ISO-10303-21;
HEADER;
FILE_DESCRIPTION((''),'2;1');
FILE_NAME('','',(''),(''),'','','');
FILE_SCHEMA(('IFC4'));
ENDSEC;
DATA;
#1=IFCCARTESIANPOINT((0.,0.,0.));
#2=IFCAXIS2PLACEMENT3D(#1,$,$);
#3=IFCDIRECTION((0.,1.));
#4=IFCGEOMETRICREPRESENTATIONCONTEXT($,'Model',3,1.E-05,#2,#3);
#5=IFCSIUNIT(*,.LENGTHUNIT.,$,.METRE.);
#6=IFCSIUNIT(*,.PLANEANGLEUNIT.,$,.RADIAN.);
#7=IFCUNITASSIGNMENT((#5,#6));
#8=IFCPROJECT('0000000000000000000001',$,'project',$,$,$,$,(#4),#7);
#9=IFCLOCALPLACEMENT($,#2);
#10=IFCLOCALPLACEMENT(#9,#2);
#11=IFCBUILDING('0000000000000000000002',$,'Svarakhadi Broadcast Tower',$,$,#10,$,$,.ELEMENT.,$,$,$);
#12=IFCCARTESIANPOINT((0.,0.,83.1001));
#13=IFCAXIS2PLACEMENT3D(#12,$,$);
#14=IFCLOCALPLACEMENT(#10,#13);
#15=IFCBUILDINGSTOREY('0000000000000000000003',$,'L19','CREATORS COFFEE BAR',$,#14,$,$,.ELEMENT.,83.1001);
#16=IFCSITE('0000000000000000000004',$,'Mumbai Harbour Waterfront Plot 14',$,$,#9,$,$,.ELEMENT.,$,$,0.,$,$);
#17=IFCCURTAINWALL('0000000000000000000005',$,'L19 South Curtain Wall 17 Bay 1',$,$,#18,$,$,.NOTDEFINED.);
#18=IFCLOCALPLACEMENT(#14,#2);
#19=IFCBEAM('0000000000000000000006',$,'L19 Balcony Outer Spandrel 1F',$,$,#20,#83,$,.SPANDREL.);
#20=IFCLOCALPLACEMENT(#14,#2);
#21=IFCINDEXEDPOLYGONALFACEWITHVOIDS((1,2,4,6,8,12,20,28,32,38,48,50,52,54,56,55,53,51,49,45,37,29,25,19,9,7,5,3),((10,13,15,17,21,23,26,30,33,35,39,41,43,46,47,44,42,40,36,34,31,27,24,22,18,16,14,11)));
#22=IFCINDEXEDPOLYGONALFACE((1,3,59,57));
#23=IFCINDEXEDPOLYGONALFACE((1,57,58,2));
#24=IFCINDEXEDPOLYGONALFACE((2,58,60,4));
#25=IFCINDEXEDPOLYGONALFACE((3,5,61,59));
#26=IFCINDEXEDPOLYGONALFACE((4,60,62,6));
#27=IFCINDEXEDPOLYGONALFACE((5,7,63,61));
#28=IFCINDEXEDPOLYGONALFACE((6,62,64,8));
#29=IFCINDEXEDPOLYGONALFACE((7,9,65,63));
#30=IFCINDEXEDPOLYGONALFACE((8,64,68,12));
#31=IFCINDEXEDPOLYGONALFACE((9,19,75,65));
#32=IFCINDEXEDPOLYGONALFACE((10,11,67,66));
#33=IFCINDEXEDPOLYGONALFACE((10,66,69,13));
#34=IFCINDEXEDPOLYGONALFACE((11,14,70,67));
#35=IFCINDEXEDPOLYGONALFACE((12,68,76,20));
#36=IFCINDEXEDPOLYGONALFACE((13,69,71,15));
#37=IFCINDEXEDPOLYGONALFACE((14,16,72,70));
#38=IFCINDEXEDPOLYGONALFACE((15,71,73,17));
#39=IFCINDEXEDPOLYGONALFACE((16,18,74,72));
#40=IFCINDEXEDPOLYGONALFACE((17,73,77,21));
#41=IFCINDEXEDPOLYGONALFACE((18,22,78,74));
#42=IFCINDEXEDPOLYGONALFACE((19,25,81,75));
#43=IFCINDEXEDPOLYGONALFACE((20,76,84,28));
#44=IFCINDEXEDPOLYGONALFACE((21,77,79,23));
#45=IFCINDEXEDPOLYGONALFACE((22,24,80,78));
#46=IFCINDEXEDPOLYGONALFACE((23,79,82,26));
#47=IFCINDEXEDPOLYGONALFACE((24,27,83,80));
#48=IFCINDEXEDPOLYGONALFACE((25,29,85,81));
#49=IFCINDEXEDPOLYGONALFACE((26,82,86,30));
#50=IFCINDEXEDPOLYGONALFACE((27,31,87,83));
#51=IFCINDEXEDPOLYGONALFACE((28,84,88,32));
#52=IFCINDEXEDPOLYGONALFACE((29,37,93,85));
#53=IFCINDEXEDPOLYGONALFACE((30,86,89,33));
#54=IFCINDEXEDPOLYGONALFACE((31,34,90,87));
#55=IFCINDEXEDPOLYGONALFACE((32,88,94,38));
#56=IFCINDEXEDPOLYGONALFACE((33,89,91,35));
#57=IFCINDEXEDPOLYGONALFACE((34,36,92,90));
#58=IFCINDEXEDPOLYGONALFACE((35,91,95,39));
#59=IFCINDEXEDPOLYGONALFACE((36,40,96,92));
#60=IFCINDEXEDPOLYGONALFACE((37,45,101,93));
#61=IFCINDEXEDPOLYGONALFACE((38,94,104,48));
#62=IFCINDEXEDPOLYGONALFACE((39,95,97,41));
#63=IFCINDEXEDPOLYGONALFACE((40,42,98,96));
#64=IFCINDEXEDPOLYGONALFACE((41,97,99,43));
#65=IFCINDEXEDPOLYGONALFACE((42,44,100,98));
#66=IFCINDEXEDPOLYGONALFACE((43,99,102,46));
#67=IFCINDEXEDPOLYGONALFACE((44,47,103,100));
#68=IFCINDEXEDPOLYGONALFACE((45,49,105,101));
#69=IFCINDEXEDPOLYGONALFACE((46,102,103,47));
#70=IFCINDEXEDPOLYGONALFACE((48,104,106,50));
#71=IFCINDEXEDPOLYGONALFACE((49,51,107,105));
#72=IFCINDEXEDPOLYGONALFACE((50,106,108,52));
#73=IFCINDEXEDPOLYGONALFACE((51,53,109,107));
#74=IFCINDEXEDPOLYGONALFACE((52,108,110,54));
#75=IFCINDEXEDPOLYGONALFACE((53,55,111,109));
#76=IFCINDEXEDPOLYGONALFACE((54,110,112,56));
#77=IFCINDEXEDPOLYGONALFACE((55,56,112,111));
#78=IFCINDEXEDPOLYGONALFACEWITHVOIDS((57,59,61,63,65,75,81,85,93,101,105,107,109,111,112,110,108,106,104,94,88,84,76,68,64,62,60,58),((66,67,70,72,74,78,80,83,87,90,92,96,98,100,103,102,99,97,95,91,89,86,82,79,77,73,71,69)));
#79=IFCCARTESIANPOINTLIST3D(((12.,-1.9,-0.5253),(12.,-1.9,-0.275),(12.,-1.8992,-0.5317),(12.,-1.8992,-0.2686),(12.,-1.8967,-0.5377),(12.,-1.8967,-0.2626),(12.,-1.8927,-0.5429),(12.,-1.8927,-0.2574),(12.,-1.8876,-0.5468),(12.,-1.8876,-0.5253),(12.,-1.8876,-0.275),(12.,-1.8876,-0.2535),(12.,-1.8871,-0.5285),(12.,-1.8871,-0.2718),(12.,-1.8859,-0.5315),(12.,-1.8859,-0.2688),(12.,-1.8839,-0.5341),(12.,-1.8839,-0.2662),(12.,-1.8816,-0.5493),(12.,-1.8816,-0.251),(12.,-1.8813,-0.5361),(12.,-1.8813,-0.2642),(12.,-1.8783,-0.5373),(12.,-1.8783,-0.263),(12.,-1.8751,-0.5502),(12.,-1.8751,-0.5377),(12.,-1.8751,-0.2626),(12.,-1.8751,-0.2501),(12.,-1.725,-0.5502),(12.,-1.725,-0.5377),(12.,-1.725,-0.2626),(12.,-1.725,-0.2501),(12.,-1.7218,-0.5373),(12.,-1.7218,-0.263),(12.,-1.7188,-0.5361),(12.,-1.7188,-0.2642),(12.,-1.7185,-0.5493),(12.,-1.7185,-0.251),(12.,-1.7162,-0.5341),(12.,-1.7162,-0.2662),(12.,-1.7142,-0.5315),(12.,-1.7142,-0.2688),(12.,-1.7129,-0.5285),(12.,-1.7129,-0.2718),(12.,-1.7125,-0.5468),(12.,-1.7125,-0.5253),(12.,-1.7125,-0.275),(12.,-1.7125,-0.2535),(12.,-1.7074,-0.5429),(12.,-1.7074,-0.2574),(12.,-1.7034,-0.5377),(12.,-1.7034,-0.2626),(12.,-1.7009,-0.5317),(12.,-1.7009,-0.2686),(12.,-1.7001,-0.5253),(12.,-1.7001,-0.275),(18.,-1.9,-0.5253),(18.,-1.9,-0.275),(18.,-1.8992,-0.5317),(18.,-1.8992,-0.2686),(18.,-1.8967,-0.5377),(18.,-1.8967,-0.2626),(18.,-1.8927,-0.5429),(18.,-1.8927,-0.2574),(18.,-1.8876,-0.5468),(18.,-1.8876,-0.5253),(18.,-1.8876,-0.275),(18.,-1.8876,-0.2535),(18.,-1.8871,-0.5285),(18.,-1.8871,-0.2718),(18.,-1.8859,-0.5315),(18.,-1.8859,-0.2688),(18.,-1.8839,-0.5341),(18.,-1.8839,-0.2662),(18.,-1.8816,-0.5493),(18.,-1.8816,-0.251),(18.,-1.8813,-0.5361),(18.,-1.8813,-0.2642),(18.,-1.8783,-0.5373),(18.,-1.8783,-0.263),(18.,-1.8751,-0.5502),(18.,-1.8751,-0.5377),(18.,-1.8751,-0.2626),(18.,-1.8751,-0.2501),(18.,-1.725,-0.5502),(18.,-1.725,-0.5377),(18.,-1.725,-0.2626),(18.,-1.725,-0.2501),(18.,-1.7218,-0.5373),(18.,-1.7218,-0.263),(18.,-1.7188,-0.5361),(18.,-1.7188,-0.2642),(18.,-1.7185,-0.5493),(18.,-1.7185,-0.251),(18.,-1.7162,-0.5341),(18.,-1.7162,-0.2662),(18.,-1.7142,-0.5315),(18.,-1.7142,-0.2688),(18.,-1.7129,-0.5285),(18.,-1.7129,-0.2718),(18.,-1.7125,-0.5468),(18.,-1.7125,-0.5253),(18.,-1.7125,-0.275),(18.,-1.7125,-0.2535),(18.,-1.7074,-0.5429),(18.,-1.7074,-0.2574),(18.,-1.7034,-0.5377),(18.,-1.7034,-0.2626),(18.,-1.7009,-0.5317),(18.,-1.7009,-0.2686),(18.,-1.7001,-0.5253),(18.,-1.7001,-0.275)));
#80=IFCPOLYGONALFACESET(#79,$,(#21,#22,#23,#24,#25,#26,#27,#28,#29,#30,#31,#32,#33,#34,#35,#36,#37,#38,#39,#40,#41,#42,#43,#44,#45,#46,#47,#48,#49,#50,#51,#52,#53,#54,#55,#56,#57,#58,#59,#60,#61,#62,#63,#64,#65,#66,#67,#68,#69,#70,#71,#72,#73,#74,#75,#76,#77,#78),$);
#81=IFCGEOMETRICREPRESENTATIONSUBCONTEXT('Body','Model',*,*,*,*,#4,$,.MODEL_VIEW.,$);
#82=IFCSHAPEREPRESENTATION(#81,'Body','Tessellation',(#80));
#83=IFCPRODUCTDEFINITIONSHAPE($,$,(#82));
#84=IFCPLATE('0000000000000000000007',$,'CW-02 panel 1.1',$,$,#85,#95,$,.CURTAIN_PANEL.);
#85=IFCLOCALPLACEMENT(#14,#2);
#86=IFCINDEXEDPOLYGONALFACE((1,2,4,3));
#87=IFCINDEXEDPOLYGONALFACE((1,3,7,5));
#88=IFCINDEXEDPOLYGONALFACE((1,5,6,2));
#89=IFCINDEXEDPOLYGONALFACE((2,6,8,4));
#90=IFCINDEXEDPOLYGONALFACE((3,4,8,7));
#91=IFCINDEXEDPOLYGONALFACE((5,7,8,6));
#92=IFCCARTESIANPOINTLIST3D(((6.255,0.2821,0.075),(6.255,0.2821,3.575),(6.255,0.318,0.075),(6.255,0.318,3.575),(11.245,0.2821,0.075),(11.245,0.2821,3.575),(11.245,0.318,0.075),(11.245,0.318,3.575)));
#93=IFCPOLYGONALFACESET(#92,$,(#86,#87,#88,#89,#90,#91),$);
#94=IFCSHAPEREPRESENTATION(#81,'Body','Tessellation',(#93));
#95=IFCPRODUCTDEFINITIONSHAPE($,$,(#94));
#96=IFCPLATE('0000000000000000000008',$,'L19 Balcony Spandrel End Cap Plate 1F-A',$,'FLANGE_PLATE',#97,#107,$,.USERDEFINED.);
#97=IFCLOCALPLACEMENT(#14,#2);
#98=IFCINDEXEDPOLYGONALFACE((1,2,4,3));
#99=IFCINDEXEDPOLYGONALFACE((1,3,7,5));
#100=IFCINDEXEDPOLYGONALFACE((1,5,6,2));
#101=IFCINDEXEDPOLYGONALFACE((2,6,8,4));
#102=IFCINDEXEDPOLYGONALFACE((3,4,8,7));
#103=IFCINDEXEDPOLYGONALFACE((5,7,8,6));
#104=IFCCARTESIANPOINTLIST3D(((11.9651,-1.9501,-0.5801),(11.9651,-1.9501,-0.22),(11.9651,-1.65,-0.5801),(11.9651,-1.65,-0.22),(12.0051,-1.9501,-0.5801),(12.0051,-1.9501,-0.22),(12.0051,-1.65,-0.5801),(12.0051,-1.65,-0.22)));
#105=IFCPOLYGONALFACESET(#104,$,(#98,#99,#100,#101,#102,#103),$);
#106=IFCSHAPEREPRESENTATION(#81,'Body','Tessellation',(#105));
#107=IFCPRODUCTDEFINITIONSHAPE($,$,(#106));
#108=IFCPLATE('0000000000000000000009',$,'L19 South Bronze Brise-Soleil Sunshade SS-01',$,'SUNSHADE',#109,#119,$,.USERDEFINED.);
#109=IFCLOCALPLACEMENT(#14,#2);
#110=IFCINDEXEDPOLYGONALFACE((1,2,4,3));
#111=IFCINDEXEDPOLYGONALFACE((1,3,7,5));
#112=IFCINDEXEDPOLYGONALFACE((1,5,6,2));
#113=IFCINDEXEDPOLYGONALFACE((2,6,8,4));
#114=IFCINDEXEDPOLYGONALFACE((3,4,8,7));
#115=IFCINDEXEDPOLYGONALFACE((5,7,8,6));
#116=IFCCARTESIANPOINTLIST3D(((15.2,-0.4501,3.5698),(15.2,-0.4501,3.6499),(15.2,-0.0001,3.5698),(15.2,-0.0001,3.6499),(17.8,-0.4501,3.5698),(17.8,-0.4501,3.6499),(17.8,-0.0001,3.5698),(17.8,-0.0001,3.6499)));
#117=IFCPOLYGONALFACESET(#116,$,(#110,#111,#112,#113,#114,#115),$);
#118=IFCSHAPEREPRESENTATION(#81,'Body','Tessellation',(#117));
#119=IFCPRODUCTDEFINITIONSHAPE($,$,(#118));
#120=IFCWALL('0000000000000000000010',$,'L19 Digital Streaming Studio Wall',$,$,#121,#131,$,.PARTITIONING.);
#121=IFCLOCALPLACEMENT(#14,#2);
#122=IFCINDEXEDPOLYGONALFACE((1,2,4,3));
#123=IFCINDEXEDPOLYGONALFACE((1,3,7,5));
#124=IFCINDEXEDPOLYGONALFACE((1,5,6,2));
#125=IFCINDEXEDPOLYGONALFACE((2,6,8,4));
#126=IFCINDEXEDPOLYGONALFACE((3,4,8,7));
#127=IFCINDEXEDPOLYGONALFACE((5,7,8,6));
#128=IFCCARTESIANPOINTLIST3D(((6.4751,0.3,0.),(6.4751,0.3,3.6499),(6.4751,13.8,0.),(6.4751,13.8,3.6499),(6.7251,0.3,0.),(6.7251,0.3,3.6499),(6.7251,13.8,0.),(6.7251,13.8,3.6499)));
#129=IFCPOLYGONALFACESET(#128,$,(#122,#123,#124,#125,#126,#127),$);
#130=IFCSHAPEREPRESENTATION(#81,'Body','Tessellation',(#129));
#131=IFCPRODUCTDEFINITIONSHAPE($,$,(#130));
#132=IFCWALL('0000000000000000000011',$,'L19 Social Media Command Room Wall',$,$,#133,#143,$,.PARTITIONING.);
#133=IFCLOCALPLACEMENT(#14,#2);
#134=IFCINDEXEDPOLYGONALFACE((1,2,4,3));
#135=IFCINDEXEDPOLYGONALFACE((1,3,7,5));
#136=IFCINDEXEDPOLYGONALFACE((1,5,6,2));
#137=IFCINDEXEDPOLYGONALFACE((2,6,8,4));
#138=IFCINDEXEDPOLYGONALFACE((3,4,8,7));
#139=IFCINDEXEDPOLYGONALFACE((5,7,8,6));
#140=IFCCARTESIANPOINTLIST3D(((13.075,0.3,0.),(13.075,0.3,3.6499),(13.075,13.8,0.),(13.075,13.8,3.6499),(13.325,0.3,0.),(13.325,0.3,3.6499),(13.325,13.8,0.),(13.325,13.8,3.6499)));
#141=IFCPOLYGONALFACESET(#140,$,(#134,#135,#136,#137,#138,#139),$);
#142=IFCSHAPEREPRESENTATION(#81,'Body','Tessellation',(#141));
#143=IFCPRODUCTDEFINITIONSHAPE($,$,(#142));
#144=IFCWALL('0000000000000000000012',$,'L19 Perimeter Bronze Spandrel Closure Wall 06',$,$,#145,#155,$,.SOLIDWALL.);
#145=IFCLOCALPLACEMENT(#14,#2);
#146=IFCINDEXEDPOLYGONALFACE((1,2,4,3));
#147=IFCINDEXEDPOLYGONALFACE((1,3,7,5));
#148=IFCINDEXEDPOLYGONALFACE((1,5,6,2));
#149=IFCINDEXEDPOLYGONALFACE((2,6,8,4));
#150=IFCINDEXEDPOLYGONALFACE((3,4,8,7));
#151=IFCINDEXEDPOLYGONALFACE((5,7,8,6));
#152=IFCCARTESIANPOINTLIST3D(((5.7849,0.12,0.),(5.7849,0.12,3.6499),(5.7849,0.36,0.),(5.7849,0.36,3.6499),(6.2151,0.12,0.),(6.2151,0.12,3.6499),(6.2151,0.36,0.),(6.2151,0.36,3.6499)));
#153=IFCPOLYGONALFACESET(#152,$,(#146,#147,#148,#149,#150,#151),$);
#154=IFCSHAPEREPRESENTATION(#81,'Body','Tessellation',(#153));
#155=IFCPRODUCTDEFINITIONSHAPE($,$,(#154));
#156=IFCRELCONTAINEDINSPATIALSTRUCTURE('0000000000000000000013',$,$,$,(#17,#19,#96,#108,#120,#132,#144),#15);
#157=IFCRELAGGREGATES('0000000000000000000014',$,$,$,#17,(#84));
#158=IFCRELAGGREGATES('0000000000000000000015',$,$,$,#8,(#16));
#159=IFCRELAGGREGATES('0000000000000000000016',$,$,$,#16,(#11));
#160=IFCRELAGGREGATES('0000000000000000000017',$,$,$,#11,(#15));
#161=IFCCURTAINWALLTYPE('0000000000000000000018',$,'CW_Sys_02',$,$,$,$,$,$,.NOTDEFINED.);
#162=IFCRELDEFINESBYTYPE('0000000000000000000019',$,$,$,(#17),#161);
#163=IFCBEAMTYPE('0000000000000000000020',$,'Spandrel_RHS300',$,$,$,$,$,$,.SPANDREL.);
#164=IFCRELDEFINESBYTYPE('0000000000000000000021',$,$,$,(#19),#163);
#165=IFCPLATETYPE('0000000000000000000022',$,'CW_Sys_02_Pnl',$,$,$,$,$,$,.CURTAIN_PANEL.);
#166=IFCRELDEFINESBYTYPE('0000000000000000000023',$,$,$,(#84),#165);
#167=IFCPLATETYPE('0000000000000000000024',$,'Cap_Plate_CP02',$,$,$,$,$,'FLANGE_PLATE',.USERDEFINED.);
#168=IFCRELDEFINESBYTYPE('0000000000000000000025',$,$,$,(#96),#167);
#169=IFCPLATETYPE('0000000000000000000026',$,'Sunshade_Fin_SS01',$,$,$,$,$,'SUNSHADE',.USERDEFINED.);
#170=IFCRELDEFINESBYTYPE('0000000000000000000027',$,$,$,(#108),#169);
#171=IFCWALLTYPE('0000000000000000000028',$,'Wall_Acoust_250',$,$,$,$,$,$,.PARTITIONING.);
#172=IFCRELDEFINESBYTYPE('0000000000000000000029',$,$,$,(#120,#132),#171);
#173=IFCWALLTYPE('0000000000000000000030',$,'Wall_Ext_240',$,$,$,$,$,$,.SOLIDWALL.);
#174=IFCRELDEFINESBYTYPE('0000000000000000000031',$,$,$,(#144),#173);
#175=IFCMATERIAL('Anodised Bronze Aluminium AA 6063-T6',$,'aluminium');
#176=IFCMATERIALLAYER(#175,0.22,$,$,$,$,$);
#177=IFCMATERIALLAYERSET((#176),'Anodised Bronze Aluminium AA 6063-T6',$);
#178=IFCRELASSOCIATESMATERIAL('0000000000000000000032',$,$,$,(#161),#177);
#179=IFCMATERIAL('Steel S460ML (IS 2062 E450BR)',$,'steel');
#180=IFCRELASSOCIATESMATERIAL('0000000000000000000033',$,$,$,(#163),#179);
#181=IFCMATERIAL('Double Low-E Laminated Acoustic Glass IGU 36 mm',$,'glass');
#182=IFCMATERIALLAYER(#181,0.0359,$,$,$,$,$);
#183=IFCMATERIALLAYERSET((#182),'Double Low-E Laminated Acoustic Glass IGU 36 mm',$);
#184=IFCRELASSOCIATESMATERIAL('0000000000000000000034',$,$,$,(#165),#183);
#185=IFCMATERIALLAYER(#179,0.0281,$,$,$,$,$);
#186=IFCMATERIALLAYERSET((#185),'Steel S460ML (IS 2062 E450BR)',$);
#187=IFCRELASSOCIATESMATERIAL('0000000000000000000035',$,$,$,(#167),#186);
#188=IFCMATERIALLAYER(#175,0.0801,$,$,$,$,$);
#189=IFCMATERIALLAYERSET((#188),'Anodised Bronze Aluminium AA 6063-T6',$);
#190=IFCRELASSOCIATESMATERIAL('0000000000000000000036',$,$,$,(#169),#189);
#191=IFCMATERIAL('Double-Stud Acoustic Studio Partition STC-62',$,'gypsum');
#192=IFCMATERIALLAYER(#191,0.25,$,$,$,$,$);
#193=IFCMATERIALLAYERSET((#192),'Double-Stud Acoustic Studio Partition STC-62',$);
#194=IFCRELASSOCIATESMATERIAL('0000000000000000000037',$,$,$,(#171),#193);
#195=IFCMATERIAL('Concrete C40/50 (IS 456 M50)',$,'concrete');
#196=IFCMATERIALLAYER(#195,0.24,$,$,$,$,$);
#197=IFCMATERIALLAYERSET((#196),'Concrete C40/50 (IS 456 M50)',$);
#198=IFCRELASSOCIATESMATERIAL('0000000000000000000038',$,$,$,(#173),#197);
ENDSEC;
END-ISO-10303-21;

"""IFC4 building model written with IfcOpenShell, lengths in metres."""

from ifc_helpers import new_model, si_unit, direction, frame, frame_2d, origin, origin_2d, place, context, subcontext, project, spatial, rectangle, hollow_rectangle, extrude, material, layer, layer_set, material_profile, profile_set, type_object, element, aggregate, save


model = new_model("IFC4")

# Units and contexts
model_context = context("Model", 3, precision=1e-05, world=origin(), true_north=direction((0.0, 1.0)))
body_context = subcontext(model_context, "Body", "Model", "MODEL_VIEW")
ifc_project = project(units=[si_unit("LENGTHUNIT", "METRE"), si_unit("PLANEANGLEUNIT", "RADIAN")], contexts=[model_context])

# Site, building, storey
site_placement = place(None, origin())
site = spatial("IfcSite", under=ifc_project, at=site_placement, Name="Mumbai Harbour Waterfront Plot 14", CompositionType="ELEMENT", RefElevation=0.0)
building_placement = place(site_placement, origin())
building = spatial("IfcBuilding", under=site, at=building_placement, Name="Svarakhadi Broadcast Tower", CompositionType="ELEMENT")
storey_placement = place(building_placement, frame((0.0, 0.0, 83.1001)))
storey = spatial("IfcBuildingStorey", under=building, at=storey_placement, Name="L19", Description="CREATORS COFFEE BAR", CompositionType="ELEMENT", Elevation=83.1001)

# Shared definitions
ifc_material_1 = material(Name="Steel S460ML (IS 2062 E450BR)", Category="steel")

# Curtain wall
ifc_material_2 = material(Name="Anodised Bronze Aluminium AA 6063-T6", Category="aluminium")
ifc_layer_1 = layer(ifc_material_2, 0.22)
ifc_layer_set_1 = layer_set([ifc_layer_1], Name="Anodised Bronze Aluminium AA 6063-T6")
curtain_wall_type = type_object("IfcCurtainWallType", Name="CW_Sys_02", PredefinedType="NOTDEFINED", material=ifc_layer_set_1)
curtain_wall_placement = place(storey_placement, origin())
curtain_wall = element("IfcCurtainWall", 1, at=curtain_wall_placement, inside=storey, type_object=curtain_wall_type, Name="L19 South Curtain Wall 17 Bay 1", PredefinedType="NOTDEFINED")

# Beam
ifc_material_profile_1 = material_profile(ifc_material_1, hollow_rectangle(XDim=0.2, YDim=0.3, WallThickness=0.0125, InnerFilletRadius=0.0125, OuterFilletRadius=0.0249, at=origin_2d()), Name="RHS 300x200x12.5")
ifc_profile_set_1 = profile_set([ifc_material_profile_1], Name="Steel S460ML (IS 2062 E450BR)")
beam_type_1 = type_object("IfcBeamType", Name="Spandrel_RHS300", PredefinedType="SPANDREL", material=ifc_profile_set_1)
beam_1_placement = place(storey_placement, frame((12.0, -1.8, -0.4001), z_axis=(1.0, 0.0, 0.0), x_axis=(0.0, 1.0, 0.0)))
element("IfcBeam", 2, at=beam_1_placement, inside=storey, type_object=beam_type_1, Name="L19 Balcony Outer Spandrel 1F", PredefinedType="SPANDREL", context=body_context, shape_type="SweptSolid", body=[
    extrude(hollow_rectangle(XDim=0.2, YDim=0.3, WallThickness=0.0125, InnerFilletRadius=0.0125, OuterFilletRadius=0.0249, at=origin_2d()), origin(), (0.0, 0.0, 1.0), 6.0),
])

# Plate
ifc_material_3 = material(Name="Double Low-E Laminated Acoustic Glass IGU 36 mm", Category="glass")
ifc_layer_2 = layer(ifc_material_3, 0.0359)
ifc_layer_set_2 = layer_set([ifc_layer_2], Name="Double Low-E Laminated Acoustic Glass IGU 36 mm")
plate_type_1 = type_object("IfcPlateType", Name="CW_Sys_02_Pnl", PredefinedType="CURTAIN_PANEL", material=ifc_layer_set_2)
plate_1_placement = place(storey_placement, frame((8.75, 0.3, 0.075), z_axis=(0.0, 0.0, 1.0), x_axis=(-1.0, 0.0, 0.0)))
plate_1 = element("IfcPlate", 3, at=plate_1_placement, type_object=plate_type_1, Name="CW-02 panel 1.1", PredefinedType="CURTAIN_PANEL", context=body_context, shape_type="SweptSolid", body=[
    extrude(rectangle(XDim=4.99, YDim=0.0359, at=origin_2d()), origin(), (0.0, 0.0, 1.0), 3.5),
])
aggregate(curtain_wall, [plate_1])

# Plates
ifc_layer_3 = layer(ifc_material_1, 0.0281)
ifc_layer_set_3 = layer_set([ifc_layer_3], Name="Steel S460ML (IS 2062 E450BR)")
plate_type_2 = type_object("IfcPlateType", Name="Cap_Plate_CP02", ElementType="FLANGE_PLATE", PredefinedType="USERDEFINED", material=ifc_layer_set_3)
plate_2_placement = place(storey_placement, frame((11.9851, -1.8, -0.5801), z_axis=(0.0, 0.0, 1.0), x_axis=(1.0, 0.0, 0.0)))
element("IfcPlate", 4, at=plate_2_placement, inside=storey, type_object=plate_type_2, Name="L19 Balcony Spandrel End Cap Plate 1F-A", ObjectType="FLANGE_PLATE", PredefinedType="USERDEFINED", context=body_context, shape_type="SweptSolid", body=[
    extrude(rectangle(XDim=0.04, YDim=0.3, at=origin_2d()), origin(), (0.0, 0.0, 1.0), 0.3601),
])
ifc_layer_4 = layer(ifc_material_2, 0.0801)
ifc_layer_set_4 = layer_set([ifc_layer_4], Name="Anodised Bronze Aluminium AA 6063-T6")
plate_type_3 = type_object("IfcPlateType", Name="Sunshade_Fin_SS01", ElementType="SUNSHADE", PredefinedType="USERDEFINED", material=ifc_layer_set_4)
plate_3_placement = place(storey_placement, frame((16.5, -0.2251, 3.5698), z_axis=(0.0, 0.0, 1.0), x_axis=(1.0, 0.0, 0.0)))
element("IfcPlate", 5, at=plate_3_placement, inside=storey, type_object=plate_type_3, Name="L19 South Bronze Brise-Soleil Sunshade SS-01", ObjectType="SUNSHADE", PredefinedType="USERDEFINED", context=body_context, shape_type="SweptSolid", body=[
    extrude(rectangle(XDim=2.6001, YDim=0.45, at=origin_2d()), origin(), (0.0, 0.0, 1.0), 0.0801),
])

# Walls
ifc_material_4 = material(Name="Double-Stud Acoustic Studio Partition STC-62", Category="gypsum")
ifc_layer_5 = layer(ifc_material_4, 0.25)
ifc_layer_set_5 = layer_set([ifc_layer_5], Name="Double-Stud Acoustic Studio Partition STC-62")
wall_type_1 = type_object("IfcWallType", Name="Wall_Acoust_250", PredefinedType="PARTITIONING", material=ifc_layer_set_5)
for number, where, z_axis, x_axis, name in (
    (6, (6.6001, 0.3, 0.0), (0.0, 0.0, 1.0), (0.0, 1.0, 0.0), "L19 Digital Streaming Studio Wall"),
    (7, (13.2, 0.3, 0.0), (0.0, 0.0, 1.0), (0.0, 1.0, 0.0), "L19 Social Media Command Room Wall"),
):
    element("IfcWall", number, at=place(storey_placement, frame(where, z_axis=z_axis, x_axis=x_axis)), inside=storey, type_object=wall_type_1, Name=name, PredefinedType="PARTITIONING", context=body_context, shape_type="SweptSolid", body=[
        extrude(rectangle(XDim=13.5, YDim=0.25, at=frame_2d((6.75, 0.0))), origin(), (0.0, 0.0, 1.0), 3.6499),
    ])
ifc_material_5 = material(Name="Concrete C40/50 (IS 456 M50)", Category="concrete")
ifc_layer_6 = layer(ifc_material_5, 0.24)
ifc_layer_set_6 = layer_set([ifc_layer_6], Name="Concrete C40/50 (IS 456 M50)")
wall_type_2 = type_object("IfcWallType", Name="Wall_Ext_240", PredefinedType="SOLIDWALL", material=ifc_layer_set_6)
wall_placement = place(storey_placement, frame((6.2151, 0.24, 0.0), z_axis=(0.0, 0.0, 1.0), x_axis=(-1.0, 0.0, 0.0)))
element("IfcWall", 8, at=wall_placement, inside=storey, type_object=wall_type_2, Name="L19 Perimeter Bronze Spandrel Closure Wall 06", PredefinedType="SOLIDWALL", context=body_context, shape_type="SweptSolid", body=[
    extrude(rectangle(XDim=0.4302, YDim=0.24, at=frame_2d((0.2151, 0.0))), origin(), (0.0, 0.0, 1.0), 3.6499),
])

save(model, "model.ifc")
